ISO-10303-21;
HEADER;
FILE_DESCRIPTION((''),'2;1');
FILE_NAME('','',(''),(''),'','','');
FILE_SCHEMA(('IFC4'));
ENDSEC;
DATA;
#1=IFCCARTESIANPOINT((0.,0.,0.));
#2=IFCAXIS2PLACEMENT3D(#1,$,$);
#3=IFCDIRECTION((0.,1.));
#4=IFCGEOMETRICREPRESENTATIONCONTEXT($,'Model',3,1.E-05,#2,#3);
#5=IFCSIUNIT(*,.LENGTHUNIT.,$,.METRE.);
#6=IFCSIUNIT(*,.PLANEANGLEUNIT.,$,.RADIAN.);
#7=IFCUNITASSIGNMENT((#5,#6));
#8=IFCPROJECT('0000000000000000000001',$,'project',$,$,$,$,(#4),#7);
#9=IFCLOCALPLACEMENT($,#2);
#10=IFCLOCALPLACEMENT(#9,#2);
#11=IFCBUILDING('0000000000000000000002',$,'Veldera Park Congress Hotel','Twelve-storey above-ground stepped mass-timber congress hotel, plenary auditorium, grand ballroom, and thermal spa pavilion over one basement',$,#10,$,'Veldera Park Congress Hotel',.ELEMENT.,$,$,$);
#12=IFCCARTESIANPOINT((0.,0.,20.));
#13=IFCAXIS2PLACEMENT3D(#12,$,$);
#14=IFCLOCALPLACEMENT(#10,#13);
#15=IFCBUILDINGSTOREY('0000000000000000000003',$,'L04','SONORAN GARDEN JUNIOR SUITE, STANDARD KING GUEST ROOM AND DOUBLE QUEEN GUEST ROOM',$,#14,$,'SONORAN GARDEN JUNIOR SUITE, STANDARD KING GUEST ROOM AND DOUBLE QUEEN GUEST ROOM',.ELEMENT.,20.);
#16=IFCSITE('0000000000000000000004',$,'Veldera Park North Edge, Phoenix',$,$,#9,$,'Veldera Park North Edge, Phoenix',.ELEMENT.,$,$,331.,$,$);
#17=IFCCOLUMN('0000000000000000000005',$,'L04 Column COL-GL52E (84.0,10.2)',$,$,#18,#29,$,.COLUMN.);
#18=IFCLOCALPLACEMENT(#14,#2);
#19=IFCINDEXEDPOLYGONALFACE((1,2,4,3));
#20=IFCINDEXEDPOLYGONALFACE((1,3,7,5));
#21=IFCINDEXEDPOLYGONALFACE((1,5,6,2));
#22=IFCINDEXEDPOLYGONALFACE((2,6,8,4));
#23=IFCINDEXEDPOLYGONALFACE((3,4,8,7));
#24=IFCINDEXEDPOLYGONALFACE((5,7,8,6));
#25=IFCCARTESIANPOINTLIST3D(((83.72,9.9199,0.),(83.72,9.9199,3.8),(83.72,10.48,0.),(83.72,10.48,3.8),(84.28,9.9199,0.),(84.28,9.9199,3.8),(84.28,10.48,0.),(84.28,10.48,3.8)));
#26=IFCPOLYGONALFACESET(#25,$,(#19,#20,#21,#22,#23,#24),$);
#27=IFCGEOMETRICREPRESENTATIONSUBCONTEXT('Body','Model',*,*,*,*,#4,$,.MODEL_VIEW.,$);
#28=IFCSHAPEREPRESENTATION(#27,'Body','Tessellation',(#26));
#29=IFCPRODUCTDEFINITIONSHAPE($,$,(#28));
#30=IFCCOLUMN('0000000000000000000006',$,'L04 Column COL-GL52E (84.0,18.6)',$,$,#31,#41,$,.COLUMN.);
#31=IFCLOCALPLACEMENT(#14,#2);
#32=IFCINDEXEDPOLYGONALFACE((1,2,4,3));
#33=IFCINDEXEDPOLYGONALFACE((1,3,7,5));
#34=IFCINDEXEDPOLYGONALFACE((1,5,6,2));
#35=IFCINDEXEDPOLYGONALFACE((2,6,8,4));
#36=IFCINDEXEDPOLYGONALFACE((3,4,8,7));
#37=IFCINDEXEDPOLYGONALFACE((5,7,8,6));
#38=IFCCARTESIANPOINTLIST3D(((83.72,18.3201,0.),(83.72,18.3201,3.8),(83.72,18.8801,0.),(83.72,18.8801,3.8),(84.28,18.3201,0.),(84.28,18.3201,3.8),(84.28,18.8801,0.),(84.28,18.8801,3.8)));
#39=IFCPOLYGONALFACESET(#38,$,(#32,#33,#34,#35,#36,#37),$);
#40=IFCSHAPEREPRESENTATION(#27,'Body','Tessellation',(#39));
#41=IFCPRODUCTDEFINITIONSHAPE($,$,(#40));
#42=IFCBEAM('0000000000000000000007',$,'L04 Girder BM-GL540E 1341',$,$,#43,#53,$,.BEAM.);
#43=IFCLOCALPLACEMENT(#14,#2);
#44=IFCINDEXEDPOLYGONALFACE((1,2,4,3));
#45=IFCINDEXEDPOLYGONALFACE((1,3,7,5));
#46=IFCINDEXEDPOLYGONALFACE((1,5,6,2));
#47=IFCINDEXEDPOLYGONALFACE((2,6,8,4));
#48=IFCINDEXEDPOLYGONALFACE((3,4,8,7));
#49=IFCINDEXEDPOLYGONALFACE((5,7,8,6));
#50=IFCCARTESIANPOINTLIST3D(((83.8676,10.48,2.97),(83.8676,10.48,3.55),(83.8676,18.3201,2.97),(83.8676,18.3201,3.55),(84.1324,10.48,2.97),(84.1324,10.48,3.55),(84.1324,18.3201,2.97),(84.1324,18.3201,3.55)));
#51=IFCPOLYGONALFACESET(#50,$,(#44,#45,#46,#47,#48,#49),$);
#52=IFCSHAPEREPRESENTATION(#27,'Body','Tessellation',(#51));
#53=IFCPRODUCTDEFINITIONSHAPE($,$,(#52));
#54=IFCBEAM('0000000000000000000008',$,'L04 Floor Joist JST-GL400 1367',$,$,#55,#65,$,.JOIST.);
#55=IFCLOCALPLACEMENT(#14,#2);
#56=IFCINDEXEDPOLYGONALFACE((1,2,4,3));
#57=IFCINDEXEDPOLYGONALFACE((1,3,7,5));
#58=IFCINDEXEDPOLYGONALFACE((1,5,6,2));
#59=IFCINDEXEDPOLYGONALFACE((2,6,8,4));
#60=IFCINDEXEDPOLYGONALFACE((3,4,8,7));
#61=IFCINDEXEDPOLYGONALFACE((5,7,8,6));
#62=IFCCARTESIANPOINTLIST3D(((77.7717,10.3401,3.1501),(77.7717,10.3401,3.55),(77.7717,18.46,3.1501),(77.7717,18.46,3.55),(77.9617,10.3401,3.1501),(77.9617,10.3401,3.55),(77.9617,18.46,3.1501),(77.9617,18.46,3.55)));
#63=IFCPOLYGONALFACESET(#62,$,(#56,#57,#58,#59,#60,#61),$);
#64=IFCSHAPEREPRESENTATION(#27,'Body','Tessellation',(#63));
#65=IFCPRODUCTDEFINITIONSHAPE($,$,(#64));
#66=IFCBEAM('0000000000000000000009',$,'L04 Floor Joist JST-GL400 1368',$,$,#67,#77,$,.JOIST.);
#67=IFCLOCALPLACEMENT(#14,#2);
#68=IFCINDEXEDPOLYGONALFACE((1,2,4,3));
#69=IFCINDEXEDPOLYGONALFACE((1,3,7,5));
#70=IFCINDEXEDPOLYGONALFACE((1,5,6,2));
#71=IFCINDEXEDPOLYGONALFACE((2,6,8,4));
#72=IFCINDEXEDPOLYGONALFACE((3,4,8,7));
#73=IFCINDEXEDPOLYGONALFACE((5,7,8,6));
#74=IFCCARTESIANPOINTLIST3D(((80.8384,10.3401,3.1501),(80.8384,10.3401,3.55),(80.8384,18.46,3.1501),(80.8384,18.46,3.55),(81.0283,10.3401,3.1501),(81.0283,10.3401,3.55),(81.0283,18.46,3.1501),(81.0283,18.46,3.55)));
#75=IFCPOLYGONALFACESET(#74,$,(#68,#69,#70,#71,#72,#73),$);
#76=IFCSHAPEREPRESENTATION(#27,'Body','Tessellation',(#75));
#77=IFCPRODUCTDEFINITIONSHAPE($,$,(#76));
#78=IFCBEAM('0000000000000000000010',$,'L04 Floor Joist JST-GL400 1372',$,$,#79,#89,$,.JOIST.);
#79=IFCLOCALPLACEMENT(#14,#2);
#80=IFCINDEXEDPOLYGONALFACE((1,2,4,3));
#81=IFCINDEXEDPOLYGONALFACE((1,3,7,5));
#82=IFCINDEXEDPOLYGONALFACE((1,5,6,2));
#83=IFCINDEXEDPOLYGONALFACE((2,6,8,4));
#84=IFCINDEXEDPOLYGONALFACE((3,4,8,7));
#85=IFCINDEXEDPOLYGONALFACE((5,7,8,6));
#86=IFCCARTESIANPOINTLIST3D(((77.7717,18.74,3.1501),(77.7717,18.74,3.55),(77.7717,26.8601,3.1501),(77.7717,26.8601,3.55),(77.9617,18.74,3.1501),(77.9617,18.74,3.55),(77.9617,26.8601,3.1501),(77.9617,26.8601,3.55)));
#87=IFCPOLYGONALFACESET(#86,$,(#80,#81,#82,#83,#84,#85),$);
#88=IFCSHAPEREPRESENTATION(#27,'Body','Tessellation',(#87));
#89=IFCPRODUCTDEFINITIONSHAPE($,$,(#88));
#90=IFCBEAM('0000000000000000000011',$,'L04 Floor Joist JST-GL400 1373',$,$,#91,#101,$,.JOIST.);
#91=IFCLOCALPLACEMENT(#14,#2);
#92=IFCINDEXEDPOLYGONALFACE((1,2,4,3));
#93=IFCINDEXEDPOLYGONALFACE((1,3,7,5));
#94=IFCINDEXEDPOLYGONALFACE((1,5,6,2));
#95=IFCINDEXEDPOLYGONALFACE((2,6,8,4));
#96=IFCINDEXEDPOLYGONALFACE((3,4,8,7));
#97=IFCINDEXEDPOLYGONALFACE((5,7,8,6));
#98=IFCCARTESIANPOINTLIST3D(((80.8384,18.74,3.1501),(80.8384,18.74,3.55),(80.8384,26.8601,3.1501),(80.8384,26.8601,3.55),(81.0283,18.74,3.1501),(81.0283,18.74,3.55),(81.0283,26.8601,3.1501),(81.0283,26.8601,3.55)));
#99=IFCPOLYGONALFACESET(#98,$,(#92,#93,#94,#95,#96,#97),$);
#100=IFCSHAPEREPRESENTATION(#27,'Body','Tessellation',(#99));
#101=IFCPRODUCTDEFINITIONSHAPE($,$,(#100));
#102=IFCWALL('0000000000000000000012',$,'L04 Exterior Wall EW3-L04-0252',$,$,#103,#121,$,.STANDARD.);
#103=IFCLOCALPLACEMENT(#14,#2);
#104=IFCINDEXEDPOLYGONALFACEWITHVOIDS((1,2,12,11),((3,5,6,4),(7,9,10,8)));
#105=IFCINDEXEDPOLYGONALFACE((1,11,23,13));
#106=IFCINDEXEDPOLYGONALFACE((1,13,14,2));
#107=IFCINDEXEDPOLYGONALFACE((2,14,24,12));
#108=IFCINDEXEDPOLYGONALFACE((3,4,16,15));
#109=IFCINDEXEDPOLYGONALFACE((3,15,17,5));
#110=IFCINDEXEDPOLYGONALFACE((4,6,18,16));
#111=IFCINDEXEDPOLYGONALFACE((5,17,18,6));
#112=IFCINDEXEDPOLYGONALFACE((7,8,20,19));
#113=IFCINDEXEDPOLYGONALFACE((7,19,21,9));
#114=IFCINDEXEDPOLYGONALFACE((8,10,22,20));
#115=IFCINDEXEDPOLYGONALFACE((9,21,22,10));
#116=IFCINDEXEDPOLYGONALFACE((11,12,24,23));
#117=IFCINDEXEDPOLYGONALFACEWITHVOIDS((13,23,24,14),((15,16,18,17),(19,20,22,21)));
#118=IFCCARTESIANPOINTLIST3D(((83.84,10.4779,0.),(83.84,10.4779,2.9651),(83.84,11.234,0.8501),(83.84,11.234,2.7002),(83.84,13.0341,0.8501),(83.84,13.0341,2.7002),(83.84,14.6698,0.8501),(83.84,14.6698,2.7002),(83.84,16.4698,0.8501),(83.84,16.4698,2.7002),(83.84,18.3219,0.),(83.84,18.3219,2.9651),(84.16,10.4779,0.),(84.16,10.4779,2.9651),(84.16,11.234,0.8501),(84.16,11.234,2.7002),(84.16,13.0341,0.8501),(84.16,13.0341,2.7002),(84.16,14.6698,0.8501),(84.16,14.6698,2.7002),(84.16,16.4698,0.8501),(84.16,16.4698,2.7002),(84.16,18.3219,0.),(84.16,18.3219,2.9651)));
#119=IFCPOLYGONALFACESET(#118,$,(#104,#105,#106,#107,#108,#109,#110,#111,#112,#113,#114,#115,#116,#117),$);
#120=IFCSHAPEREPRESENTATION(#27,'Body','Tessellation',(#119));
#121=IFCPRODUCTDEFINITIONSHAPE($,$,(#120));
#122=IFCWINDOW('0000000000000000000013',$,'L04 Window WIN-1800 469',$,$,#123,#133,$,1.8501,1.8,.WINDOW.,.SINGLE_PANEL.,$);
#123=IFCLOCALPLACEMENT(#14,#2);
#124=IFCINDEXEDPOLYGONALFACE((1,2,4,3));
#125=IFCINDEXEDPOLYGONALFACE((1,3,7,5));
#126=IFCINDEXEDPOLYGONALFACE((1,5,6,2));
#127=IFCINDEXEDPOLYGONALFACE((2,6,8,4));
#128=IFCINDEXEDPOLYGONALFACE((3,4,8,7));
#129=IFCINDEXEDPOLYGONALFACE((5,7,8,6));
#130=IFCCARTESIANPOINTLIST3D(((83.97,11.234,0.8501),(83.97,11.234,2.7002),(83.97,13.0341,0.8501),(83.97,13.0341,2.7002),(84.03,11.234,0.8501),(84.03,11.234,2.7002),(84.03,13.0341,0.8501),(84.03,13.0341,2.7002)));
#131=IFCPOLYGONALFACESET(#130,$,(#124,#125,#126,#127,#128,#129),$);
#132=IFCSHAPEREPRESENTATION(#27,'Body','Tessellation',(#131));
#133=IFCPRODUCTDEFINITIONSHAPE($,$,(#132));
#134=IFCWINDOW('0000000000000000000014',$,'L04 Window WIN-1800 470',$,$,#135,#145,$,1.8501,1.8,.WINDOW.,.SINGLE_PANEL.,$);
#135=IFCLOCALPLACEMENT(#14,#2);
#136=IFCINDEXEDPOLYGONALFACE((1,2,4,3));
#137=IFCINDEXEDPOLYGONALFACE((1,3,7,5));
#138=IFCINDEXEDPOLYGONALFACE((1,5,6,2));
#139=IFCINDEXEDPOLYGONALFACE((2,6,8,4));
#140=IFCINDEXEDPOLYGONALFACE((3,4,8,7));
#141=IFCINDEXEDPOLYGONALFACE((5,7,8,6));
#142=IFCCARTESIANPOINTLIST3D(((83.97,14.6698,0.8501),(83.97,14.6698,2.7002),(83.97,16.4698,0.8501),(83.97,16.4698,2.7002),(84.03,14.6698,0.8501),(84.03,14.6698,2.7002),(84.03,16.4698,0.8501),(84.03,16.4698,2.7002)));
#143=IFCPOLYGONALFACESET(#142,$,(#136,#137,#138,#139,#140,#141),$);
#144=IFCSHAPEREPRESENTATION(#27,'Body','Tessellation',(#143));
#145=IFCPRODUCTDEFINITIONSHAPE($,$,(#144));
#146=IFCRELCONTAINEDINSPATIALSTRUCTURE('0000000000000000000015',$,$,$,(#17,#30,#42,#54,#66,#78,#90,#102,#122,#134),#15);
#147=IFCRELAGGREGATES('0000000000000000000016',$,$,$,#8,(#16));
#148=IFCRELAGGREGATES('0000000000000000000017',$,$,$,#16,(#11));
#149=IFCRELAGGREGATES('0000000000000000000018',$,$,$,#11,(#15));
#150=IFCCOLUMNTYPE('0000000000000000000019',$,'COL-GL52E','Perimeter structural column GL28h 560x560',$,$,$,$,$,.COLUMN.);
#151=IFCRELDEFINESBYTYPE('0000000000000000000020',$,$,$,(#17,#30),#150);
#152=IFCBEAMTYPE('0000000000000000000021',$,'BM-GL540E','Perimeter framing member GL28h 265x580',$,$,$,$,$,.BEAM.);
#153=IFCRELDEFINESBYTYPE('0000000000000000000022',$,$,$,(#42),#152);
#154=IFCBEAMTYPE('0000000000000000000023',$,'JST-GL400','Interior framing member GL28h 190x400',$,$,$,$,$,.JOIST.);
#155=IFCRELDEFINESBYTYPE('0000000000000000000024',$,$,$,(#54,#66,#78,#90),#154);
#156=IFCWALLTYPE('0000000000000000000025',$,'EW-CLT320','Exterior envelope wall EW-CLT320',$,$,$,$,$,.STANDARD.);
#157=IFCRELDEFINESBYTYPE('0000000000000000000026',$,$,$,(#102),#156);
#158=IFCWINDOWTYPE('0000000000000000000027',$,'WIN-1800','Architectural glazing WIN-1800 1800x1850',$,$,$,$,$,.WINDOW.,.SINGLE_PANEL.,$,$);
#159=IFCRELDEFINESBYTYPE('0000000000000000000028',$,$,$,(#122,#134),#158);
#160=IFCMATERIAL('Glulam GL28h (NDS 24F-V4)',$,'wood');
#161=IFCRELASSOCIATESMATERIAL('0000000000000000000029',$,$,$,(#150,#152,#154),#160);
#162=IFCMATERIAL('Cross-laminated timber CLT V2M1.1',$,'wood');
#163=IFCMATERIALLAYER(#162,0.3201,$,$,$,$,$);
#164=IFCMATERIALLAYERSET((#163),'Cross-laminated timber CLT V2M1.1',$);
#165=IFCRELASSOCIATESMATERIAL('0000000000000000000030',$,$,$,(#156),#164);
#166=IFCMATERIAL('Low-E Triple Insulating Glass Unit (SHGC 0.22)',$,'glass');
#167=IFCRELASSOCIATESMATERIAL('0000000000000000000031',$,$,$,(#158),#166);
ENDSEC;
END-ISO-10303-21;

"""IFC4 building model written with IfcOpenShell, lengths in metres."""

from ifc_helpers import new_model, si_unit, direction, frame, frame_2d, origin, origin_2d, place, context, subcontext, project, spatial, rectangle, extrude, material, layer, layer_set, material_profile, profile_set, type_object, element, fill, save


model = new_model("IFC4")

# Units and contexts
model_context = context("Model", 3, precision=1e-05, world=origin(), true_north=direction((0.0, 1.0)))
body_context = subcontext(model_context, "Body", "Model", "MODEL_VIEW")
ifc_project = project(units=[si_unit("LENGTHUNIT", "METRE"), si_unit("PLANEANGLEUNIT", "RADIAN")], contexts=[model_context])

# Site, building, storey
site_placement = place(None, origin())
site = spatial("IfcSite", under=ifc_project, at=site_placement, Name="Veldera Park North Edge, Phoenix", LongName="Veldera Park North Edge, Phoenix", CompositionType="ELEMENT", RefElevation=331.0)
building_placement = place(site_placement, origin())
building = spatial("IfcBuilding", under=site, at=building_placement, Name="Veldera Park Congress Hotel", Description="Twelve-storey above-ground stepped mass-timber congress hotel, plenary auditorium, grand ballroom, and thermal spa pavilion over one basement", LongName="Veldera Park Congress Hotel", CompositionType="ELEMENT")
storey_placement = place(building_placement, frame((0.0, 0.0, 20.0)))
storey = spatial("IfcBuildingStorey", under=building, at=storey_placement, Name="L04", Description="SONORAN GARDEN JUNIOR SUITE, STANDARD KING GUEST ROOM AND DOUBLE QUEEN GUEST ROOM", LongName="SONORAN GARDEN JUNIOR SUITE, STANDARD KING GUEST ROOM AND DOUBLE QUEEN GUEST ROOM", CompositionType="ELEMENT", Elevation=20.0)

# Columns
ifc_material_1 = material(Name="Glulam GL28h (NDS 24F-V4)", Category="wood")
ifc_material_profile_1 = material_profile(ifc_material_1, rectangle(XDim=0.5601, YDim=0.5601, at=origin_2d()), Name="GL28h 560x560")
ifc_profile_set_1 = profile_set([ifc_material_profile_1], Name="Glulam GL28h (NDS 24F-V4)")
column_type = type_object("IfcColumnType", Name="COL-GL52E", Description="Perimeter structural column GL28h 560x560", PredefinedType="COLUMN", material=ifc_profile_set_1)
for number, where, z_axis, x_axis, name in (
    (1, (84.0, 10.2, 0.0), (0.0, 0.0, 1.0), (1.0, 0.0, 0.0), "L04 Column COL-GL52E (84.0,10.2)"),
    (2, (84.0, 18.6001, 0.0), (0.0, 0.0, 1.0), (1.0, 0.0, 0.0), "L04 Column COL-GL52E (84.0,18.6)"),
):
    element("IfcColumn", number, at=place(storey_placement, frame(where, z_axis=z_axis, x_axis=x_axis)), inside=storey, type_object=column_type, Name=name, PredefinedType="COLUMN", context=body_context, shape_type="SweptSolid", body=[
        extrude(rectangle(XDim=0.5601, YDim=0.5601, at=origin_2d()), origin(), (0.0, 0.0, 1.0), 3.8),
    ])

# Beams
ifc_material_profile_2 = material_profile(ifc_material_1, rectangle(XDim=0.2649, YDim=0.5801, at=origin_2d()), Name="GL28h 265x580")
ifc_profile_set_2 = profile_set([ifc_material_profile_2], Name="Glulam GL28h (NDS 24F-V4)")
beam_type_1 = type_object("IfcBeamType", Name="BM-GL540E", Description="Perimeter framing member GL28h 265x580", PredefinedType="BEAM", material=ifc_profile_set_2)
beam_placement = place(storey_placement, frame((84.0, 10.48, 3.26), z_axis=(0.0, 1.0, 0.0), x_axis=(-1.0, 0.0, 0.0)))
element("IfcBeam", 3, at=beam_placement, inside=storey, type_object=beam_type_1, Name="L04 Girder BM-GL540E 1341", PredefinedType="BEAM", context=body_context, shape_type="SweptSolid", body=[
    extrude(rectangle(XDim=0.2649, YDim=0.5801, at=origin_2d()), origin(), (0.0, 0.0, 1.0), 7.8401),
])
ifc_material_profile_3 = material_profile(ifc_material_1, rectangle(XDim=0.1899, YDim=0.3999, at=origin_2d()), Name="GL28h 190x400")
ifc_profile_set_3 = profile_set([ifc_material_profile_3], Name="Glulam GL28h (NDS 24F-V4)")
beam_type_2 = type_object("IfcBeamType", Name="JST-GL400", Description="Interior framing member GL28h 190x400", PredefinedType="JOIST", material=ifc_profile_set_3)
for number, where, z_axis, x_axis, name in (
    (4, (77.8667, 10.3401, 3.3501), (0.0, 1.0, 0.0), (-1.0, 0.0, 0.0), "L04 Floor Joist JST-GL400 1367"),
    (5, (80.9333, 10.3401, 3.3501), (0.0, 1.0, 0.0), (-1.0, 0.0, 0.0), "L04 Floor Joist JST-GL400 1368"),
):
    element("IfcBeam", number, at=place(storey_placement, frame(where, z_axis=z_axis, x_axis=x_axis)), inside=storey, type_object=beam_type_2, Name=name, PredefinedType="JOIST", context=body_context, shape_type="SweptSolid", body=[
        extrude(rectangle(XDim=0.1899, YDim=0.3999, at=origin_2d()), origin(), (0.0, 0.0, 1.0), 8.1199),
    ])
for number, where, z_axis, x_axis, name in (
    (6, (77.8667, 18.74, 3.3501), (0.0, 1.0, 0.0), (-1.0, 0.0, 0.0), "L04 Floor Joist JST-GL400 1372"),
    (7, (80.9333, 18.74, 3.3501), (0.0, 1.0, 0.0), (-1.0, 0.0, 0.0), "L04 Floor Joist JST-GL400 1373"),
):
    element("IfcBeam", number, at=place(storey_placement, frame(where, z_axis=z_axis, x_axis=x_axis)), inside=storey, type_object=beam_type_2, Name=name, PredefinedType="JOIST", context=body_context, shape_type="SweptSolid", body=[
        extrude(rectangle(XDim=0.1899, YDim=0.3999, at=origin_2d()), origin(), (0.0, 0.0, 1.0), 8.1201),
    ])

# Wall, openings, windows
ifc_material_2 = material(Name="Cross-laminated timber CLT V2M1.1", Category="wood")
ifc_layer_1 = layer(ifc_material_2, 0.3201)
ifc_layer_set_1 = layer_set([ifc_layer_1], Name="Cross-laminated timber CLT V2M1.1")
wall_type_1 = type_object("IfcWallType", Name="EW-CLT320", Description="Exterior envelope wall EW-CLT320", PredefinedType="STANDARD", material=ifc_layer_set_1)
wall_1_placement = place(storey_placement, frame((84.0, 10.478, 0.0), z_axis=(0.0, 0.0, 1.0), x_axis=(0.0, 1.0, 0.0)))
wall_1 = element("IfcWall", 8, at=wall_1_placement, inside=storey, type_object=wall_type_1, Name="L04 Exterior Wall EW3-L04-0252", PredefinedType="STANDARD", context=body_context, shape_type="SweptSolid", body=[
    extrude(rectangle(XDim=7.844, YDim=0.3201, at=frame_2d((3.9219, 0.0))), origin(), (0.0, 0.0, 1.0), 2.9651),
])
opening_1_placement = place(wall_1_placement, frame((0.7561, 0.0, 0.8501)))
opening_1 = element("IfcOpeningElement", 9, at=opening_1_placement, cuts=wall_1, PredefinedType="OPENING", context=body_context, shape_type="SweptSolid", body=[
    extrude(rectangle(XDim=1.8, YDim=1.8501, at=frame_2d((0.8999, 0.925))), frame((0.0, 0.1721, 0.0), z_axis=(0.0, -1.0, 0.0), x_axis=(1.0, 0.0, 0.0)), (0.0, 0.0, 1.0), 0.344),
])
opening_2_placement = place(wall_1_placement, frame((4.1919, 0.0, 0.8501)))
opening_2 = element("IfcOpeningElement", 10, at=opening_2_placement, cuts=wall_1, PredefinedType="OPENING", context=body_context, shape_type="SweptSolid", body=[
    extrude(rectangle(XDim=1.8, YDim=1.8501, at=frame_2d((0.8999, 0.925))), frame((0.0, 0.1721, 0.0), z_axis=(0.0, -1.0, 0.0), x_axis=(1.0, 0.0, 0.0)), (0.0, 0.0, 1.0), 0.344),
])
ifc_material_3 = material(Name="Low-E Triple Insulating Glass Unit (SHGC 0.22)", Category="glass")
window_type_1 = type_object("IfcWindowType", Name="WIN-1800", Description="Architectural glazing WIN-1800 1800x1850", PartitioningType="SINGLE_PANEL", PredefinedType="WINDOW", material=ifc_material_3)
window_1_placement = place(opening_1_placement, origin())
window_1 = element("IfcWindow", 11, at=window_1_placement, inside=storey, type_object=window_type_1, Name="L04 Window WIN-1800 469", OverallHeight=1.8501, OverallWidth=1.8, PartitioningType="SINGLE_PANEL", PredefinedType="WINDOW", context=body_context, shape_type="SweptSolid", body=[
    extrude(rectangle(XDim=1.8, YDim=1.8501, at=frame_2d((0.8999, 0.925))), frame((0.0, 0.03, 0.0), z_axis=(0.0, -1.0, 0.0), x_axis=(1.0, 0.0, 0.0)), (0.0, 0.0, 1.0), 0.0601),
])
fill(opening_1, window_1)
window_2_placement = place(opening_2_placement, origin())
window_2 = element("IfcWindow", 12, at=window_2_placement, inside=storey, type_object=window_type_1, Name="L04 Window WIN-1800 470", OverallHeight=1.8501, OverallWidth=1.8, PartitioningType="SINGLE_PANEL", PredefinedType="WINDOW", context=body_context, shape_type="SweptSolid", body=[
    extrude(rectangle(XDim=1.8, YDim=1.8501, at=frame_2d((0.8999, 0.925))), frame((0.0, 0.03, 0.0), z_axis=(0.0, -1.0, 0.0), x_axis=(1.0, 0.0, 0.0)), (0.0, 0.0, 1.0), 0.0601),
])
fill(opening_2, window_2)

save(model, "model.ifc")
